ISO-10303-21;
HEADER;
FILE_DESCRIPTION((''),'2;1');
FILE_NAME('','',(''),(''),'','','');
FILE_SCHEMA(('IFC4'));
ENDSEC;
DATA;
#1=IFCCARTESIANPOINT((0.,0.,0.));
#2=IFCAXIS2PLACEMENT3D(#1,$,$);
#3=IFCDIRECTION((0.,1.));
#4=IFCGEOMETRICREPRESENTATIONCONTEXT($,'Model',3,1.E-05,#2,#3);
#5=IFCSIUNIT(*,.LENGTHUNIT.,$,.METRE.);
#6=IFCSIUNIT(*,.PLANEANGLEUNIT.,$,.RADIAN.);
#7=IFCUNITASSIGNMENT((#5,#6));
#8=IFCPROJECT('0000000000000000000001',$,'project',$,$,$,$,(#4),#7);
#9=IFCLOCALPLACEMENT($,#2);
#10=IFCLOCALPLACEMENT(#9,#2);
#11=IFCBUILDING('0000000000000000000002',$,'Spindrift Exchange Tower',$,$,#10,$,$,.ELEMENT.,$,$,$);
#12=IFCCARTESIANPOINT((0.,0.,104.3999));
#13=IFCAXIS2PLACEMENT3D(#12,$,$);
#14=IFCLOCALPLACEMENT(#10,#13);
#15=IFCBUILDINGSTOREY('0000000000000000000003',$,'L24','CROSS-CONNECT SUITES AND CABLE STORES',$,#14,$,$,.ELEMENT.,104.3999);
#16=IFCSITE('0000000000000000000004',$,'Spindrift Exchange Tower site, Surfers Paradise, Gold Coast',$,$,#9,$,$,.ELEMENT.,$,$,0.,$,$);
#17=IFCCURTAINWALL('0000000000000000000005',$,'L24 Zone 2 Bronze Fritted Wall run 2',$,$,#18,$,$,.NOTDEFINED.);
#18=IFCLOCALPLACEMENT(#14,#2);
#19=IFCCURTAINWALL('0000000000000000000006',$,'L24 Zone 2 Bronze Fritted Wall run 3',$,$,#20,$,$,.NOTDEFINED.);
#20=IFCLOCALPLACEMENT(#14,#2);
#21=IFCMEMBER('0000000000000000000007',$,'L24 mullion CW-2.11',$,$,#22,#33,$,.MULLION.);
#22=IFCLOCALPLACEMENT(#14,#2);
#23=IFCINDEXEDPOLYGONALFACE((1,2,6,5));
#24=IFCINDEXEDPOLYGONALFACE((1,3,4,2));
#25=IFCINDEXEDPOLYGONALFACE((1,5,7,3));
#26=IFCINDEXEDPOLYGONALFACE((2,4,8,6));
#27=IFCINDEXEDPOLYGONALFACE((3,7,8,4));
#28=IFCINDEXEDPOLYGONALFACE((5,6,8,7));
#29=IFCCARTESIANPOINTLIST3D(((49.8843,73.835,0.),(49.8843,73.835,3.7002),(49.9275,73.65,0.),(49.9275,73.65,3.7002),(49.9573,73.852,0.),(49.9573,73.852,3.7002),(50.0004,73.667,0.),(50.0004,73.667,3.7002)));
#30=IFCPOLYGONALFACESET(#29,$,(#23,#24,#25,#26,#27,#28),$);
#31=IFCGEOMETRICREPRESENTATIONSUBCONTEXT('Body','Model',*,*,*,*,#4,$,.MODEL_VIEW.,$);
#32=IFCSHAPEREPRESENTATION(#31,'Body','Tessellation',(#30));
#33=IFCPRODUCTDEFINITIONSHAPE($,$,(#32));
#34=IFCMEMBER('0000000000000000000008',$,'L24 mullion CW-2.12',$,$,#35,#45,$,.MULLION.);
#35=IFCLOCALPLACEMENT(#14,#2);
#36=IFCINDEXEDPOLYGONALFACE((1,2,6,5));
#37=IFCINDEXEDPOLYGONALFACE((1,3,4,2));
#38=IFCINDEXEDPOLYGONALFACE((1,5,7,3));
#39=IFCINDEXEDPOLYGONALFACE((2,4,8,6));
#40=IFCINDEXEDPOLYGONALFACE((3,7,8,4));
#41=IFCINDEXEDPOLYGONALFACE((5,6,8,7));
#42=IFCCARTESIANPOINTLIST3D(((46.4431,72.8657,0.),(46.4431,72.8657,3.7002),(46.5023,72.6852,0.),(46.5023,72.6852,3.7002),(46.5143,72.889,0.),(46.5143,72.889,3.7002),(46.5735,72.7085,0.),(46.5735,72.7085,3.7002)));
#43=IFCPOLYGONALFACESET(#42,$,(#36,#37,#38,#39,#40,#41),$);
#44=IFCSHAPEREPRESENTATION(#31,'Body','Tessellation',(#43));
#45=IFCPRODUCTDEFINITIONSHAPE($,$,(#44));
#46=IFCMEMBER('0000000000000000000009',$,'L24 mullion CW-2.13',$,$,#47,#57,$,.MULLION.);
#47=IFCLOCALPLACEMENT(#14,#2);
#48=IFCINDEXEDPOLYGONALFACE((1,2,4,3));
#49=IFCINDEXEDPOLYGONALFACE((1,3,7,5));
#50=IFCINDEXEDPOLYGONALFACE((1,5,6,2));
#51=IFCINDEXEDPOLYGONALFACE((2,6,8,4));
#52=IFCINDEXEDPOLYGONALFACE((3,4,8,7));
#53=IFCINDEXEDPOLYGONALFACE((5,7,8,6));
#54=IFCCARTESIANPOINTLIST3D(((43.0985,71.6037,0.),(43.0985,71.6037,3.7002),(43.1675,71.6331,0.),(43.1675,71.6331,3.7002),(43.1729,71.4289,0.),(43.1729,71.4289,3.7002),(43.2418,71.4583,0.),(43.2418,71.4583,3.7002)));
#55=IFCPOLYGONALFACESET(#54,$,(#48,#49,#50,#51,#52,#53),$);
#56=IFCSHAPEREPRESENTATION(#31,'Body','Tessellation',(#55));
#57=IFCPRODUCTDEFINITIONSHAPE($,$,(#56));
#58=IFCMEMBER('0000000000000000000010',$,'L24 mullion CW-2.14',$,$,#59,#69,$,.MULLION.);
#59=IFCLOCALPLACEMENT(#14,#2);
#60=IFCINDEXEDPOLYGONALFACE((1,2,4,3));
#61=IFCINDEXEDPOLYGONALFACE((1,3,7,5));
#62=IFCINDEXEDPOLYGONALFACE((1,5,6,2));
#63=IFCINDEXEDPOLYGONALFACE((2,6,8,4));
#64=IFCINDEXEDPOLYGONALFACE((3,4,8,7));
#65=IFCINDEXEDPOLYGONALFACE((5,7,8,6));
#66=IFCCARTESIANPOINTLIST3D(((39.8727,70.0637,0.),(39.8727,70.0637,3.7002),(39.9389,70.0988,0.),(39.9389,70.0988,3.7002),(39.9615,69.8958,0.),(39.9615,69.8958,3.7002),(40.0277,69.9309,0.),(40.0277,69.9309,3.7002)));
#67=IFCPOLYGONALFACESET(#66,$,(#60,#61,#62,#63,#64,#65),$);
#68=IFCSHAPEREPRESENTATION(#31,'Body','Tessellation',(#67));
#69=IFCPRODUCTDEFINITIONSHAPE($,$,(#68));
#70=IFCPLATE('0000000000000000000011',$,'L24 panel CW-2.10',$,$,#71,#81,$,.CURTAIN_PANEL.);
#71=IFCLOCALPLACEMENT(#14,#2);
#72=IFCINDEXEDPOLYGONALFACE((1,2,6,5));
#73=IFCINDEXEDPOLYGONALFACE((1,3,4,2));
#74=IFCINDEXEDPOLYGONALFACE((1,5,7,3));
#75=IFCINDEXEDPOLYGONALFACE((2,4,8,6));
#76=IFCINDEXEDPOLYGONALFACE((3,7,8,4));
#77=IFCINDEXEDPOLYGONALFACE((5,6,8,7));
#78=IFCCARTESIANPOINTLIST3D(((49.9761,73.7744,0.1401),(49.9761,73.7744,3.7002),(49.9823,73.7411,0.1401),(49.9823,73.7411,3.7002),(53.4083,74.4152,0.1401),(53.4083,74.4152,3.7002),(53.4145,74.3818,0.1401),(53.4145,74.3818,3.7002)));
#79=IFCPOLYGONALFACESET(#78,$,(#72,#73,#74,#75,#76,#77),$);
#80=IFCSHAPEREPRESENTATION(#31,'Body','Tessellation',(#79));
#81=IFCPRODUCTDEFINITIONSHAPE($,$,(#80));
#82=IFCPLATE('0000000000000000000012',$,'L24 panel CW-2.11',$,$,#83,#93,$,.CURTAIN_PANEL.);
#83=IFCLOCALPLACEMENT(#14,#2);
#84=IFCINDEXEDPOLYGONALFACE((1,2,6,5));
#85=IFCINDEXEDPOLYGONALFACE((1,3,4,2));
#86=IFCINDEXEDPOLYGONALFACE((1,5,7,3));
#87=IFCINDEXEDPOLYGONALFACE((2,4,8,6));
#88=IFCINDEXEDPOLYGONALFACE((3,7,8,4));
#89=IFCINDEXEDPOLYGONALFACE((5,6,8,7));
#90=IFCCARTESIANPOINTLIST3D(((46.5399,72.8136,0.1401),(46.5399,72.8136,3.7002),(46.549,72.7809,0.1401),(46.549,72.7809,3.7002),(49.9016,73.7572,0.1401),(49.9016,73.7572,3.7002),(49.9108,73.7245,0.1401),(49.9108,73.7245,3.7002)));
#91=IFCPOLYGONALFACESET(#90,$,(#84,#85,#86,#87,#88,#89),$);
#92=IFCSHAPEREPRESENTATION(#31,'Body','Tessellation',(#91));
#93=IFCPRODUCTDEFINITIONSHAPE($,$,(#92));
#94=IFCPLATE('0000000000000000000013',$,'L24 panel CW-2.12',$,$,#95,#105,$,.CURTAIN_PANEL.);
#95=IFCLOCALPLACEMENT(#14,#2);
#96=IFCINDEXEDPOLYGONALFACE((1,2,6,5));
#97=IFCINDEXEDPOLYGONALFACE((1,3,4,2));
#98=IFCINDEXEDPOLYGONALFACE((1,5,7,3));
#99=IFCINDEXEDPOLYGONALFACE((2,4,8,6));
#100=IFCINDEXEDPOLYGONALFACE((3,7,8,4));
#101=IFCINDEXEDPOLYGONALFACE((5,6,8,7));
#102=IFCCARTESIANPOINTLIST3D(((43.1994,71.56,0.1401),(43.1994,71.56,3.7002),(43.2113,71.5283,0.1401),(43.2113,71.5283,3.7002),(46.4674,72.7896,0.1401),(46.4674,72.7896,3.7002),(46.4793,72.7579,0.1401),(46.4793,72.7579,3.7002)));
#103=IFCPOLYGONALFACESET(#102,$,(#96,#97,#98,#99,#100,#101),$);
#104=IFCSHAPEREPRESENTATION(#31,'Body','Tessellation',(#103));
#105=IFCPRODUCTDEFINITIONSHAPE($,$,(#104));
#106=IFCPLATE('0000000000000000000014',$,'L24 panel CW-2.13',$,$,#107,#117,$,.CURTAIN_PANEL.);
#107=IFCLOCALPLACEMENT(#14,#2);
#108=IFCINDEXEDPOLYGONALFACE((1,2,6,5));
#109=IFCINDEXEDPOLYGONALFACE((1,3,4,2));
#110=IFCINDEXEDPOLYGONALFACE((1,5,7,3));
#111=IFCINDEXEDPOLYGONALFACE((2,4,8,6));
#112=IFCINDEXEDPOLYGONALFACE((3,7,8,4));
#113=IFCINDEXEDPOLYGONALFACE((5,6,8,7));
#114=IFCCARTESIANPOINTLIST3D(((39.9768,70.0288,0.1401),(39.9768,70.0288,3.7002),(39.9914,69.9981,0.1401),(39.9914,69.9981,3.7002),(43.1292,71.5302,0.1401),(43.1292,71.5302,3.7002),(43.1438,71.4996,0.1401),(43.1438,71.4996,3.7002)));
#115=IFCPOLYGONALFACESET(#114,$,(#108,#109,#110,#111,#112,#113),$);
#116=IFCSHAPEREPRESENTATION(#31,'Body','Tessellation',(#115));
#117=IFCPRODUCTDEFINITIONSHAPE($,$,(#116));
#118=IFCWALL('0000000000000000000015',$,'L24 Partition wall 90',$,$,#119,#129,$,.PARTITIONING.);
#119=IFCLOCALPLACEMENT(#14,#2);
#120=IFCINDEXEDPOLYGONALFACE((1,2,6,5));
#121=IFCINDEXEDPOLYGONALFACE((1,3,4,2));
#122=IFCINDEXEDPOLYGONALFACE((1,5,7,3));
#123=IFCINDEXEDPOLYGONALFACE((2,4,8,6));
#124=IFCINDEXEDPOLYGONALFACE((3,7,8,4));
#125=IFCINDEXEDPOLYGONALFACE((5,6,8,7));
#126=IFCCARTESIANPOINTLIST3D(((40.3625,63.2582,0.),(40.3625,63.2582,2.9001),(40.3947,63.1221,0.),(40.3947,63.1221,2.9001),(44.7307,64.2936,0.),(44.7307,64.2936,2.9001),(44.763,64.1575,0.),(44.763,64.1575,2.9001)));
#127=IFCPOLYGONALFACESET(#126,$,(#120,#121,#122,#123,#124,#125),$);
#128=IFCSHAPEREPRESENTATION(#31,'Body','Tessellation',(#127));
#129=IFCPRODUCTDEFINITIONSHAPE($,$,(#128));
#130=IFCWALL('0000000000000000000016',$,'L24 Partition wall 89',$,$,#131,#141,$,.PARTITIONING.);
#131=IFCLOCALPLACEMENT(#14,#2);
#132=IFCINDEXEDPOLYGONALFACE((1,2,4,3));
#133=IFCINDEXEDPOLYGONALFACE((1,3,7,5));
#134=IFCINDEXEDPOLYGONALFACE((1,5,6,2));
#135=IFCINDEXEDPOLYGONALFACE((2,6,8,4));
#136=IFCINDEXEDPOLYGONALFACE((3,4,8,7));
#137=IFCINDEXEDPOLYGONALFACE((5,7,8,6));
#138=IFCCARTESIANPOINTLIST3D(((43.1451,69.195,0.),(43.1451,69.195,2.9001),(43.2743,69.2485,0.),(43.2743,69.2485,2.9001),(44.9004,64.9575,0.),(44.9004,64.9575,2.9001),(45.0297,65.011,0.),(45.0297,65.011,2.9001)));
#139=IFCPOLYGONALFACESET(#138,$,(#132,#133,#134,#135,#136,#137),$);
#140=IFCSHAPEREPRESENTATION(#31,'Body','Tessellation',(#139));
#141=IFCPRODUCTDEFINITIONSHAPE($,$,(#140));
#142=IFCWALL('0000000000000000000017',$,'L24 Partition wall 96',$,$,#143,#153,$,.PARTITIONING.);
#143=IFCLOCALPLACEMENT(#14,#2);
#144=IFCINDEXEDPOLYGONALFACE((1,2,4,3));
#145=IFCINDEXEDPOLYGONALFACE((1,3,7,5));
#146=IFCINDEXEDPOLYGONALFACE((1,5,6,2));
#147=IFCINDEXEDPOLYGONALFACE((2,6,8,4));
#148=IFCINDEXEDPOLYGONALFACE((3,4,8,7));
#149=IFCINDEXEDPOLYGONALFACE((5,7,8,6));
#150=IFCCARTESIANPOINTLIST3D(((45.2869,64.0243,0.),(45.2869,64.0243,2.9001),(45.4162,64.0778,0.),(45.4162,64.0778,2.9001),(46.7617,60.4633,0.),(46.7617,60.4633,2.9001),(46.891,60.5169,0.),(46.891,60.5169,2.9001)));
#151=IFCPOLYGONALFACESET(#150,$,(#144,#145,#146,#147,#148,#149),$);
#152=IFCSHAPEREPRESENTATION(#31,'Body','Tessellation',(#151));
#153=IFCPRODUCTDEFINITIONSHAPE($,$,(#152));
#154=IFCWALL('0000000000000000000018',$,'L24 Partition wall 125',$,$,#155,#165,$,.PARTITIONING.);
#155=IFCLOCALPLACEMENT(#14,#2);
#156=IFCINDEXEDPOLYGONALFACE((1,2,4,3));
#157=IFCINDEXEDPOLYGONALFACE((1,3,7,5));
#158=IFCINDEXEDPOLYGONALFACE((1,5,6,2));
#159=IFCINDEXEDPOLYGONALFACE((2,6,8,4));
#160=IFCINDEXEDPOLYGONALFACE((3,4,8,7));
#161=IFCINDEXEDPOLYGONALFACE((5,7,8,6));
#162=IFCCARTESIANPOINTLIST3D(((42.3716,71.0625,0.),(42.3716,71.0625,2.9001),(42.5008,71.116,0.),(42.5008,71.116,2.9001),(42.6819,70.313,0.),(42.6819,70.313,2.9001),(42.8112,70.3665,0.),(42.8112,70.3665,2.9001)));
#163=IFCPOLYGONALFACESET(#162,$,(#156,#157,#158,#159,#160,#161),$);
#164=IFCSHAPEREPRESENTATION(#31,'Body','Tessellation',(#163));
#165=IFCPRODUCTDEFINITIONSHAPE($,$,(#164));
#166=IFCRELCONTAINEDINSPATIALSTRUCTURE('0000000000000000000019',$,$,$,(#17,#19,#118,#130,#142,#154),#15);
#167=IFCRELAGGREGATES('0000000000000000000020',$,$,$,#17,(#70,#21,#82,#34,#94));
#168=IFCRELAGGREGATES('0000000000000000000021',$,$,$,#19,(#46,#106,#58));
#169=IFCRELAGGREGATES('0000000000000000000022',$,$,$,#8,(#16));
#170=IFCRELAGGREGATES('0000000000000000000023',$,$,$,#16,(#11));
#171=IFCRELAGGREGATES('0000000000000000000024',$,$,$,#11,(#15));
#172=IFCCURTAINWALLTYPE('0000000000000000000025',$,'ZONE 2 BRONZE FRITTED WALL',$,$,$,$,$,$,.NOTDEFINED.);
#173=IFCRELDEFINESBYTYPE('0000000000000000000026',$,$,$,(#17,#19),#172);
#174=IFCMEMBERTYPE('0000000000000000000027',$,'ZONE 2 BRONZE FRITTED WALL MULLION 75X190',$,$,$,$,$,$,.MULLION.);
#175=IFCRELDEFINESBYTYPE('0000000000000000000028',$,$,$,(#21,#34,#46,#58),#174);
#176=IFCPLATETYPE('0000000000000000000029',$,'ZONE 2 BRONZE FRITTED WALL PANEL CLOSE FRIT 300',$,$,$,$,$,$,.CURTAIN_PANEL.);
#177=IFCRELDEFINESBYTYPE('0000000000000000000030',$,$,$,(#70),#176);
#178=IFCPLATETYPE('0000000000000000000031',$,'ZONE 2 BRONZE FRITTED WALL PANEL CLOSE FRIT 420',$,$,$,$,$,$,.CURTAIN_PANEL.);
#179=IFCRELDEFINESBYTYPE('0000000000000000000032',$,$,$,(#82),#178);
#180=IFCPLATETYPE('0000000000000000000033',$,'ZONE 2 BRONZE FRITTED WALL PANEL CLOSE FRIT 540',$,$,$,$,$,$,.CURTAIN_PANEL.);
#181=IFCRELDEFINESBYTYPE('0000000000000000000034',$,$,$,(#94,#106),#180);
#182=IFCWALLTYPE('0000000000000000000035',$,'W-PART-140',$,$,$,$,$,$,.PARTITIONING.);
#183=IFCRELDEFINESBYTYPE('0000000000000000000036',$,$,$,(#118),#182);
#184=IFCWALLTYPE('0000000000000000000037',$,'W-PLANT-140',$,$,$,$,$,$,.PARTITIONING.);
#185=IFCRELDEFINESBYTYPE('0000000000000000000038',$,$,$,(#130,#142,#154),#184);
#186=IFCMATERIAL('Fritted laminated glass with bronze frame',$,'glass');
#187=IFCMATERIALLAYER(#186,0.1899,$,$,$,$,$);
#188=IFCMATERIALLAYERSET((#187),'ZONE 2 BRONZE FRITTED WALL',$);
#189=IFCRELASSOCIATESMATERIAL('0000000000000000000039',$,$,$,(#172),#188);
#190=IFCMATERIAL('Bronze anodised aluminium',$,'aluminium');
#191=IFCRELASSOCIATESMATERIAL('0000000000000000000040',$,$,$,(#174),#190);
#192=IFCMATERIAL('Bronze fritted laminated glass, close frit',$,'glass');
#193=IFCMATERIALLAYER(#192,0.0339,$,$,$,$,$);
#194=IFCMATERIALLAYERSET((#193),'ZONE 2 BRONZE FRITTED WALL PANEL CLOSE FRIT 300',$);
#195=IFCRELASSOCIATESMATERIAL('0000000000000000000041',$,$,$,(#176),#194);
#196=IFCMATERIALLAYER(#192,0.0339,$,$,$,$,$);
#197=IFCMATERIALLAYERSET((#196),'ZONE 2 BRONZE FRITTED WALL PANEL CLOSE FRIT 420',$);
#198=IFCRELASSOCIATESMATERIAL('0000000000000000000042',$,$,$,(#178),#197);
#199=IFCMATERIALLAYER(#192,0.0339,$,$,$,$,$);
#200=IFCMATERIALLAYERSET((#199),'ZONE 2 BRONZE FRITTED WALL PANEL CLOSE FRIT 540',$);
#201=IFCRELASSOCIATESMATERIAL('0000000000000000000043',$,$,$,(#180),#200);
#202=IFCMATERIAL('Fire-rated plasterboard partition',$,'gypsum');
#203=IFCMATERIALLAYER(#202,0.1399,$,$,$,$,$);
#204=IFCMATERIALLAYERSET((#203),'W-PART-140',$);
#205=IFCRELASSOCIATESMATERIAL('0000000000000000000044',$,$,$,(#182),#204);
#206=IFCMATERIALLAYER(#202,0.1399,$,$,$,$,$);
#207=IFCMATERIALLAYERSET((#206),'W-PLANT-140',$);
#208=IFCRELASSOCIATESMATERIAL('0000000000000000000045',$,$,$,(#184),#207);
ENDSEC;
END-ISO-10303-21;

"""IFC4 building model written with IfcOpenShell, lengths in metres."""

from ifc_helpers import new_model, si_unit, direction, frame, frame_2d, origin, origin_2d, place, context, subcontext, project, spatial, rectangle, extrude, source, transform, mapped, material, layer, layer_set, material_profile, profile_set, type_object, element, aggregate, save


model = new_model("IFC4")

# Units and contexts
model_context = context("Model", 3, precision=1e-05, world=origin(), true_north=direction((0.0, 1.0)))
body_context = subcontext(model_context, "Body", "Model", "MODEL_VIEW")
ifc_project = project(units=[si_unit("LENGTHUNIT", "METRE"), si_unit("PLANEANGLEUNIT", "RADIAN")], contexts=[model_context])

# Site, building, storey
site_placement = place(None, origin())
site = spatial("IfcSite", under=ifc_project, at=site_placement, Name="Spindrift Exchange Tower site, Surfers Paradise, Gold Coast", CompositionType="ELEMENT", RefElevation=0.0)
building_placement = place(site_placement, origin())
building = spatial("IfcBuilding", under=site, at=building_placement, Name="Spindrift Exchange Tower", CompositionType="ELEMENT")
storey_placement = place(building_placement, frame((0.0, 0.0, 104.3999)))
storey = spatial("IfcBuildingStorey", under=building, at=storey_placement, Name="L24", Description="CROSS-CONNECT SUITES AND CABLE STORES", CompositionType="ELEMENT", Elevation=104.3999)

# Curtain wall
ifc_material_1 = material(Name="Fritted laminated glass with bronze frame", Category="glass")
ifc_layer_1 = layer(ifc_material_1, 0.1899)
ifc_layer_set_1 = layer_set([ifc_layer_1], Name="ZONE 2 BRONZE FRITTED WALL")
curtain_wall_type = type_object("IfcCurtainWallType", Name="ZONE 2 BRONZE FRITTED WALL", PredefinedType="NOTDEFINED", material=ifc_layer_set_1)
curtain_wall_1_placement = place(storey_placement, origin())
curtain_wall_1 = element("IfcCurtainWall", 1, at=curtain_wall_1_placement, inside=storey, type_object=curtain_wall_type, Name="L24 Zone 2 Bronze Fritted Wall run 2", PredefinedType="NOTDEFINED")
ifc_material_2 = material(Name="Bronze anodised aluminium", Category="aluminium")

# Curtain wall
curtain_wall_2_placement = place(storey_placement, origin())
curtain_wall_2 = element("IfcCurtainWall", 2, at=curtain_wall_2_placement, inside=storey, type_object=curtain_wall_type, Name="L24 Zone 2 Bronze Fritted Wall run 3", PredefinedType="NOTDEFINED")

# Members
ifc_material_profile_1 = material_profile(ifc_material_2, rectangle(XDim=0.075, YDim=0.1899, at=origin_2d()), Name="ZONE 2 BRONZE FRITTED WALL MULLION 75X190")
ifc_profile_set_1 = profile_set([ifc_material_profile_1], Name="Bronze anodised aluminium")
member_type_1 = type_object("IfcMemberType", Name="ZONE 2 BRONZE FRITTED WALL MULLION 75X190", PredefinedType="MULLION", material=ifc_profile_set_1)
shared_shape_1 = source(origin(), body_context, "Body", "SweptSolid", [
    extrude(rectangle(XDim=0.075, YDim=0.1899, at=origin_2d()), origin(), (0.0, 0.0, 1.0), 3.7002),
])
member_1_placement = place(storey_placement, frame((49.9424, 73.751, 0.0), z_axis=(0.0, 0.0, 1.0), x_axis=(-0.973869, -0.227111, 0.0)))
member_1 = element("IfcMember", 3, at=member_1_placement, type_object=member_type_1, Name="L24 mullion CW-2.11", PredefinedType="MULLION", context=body_context, shape_type="MappedRepresentation", body=[
    mapped(shared_shape_1, transform((0.0, 0.0, 0.0), scale=1.0)),
])
member_2_placement = place(storey_placement, frame((46.5083, 72.7871, 0.0), z_axis=(0.0, 0.0, 1.0), x_axis=(-0.950249, -0.311492, 0.0)))
member_2 = element("IfcMember", 4, at=member_2_placement, type_object=member_type_1, Name="L24 mullion CW-2.12", PredefinedType="MULLION", context=body_context, shape_type="MappedRepresentation", body=[
    mapped(shared_shape_1, transform((0.0, 0.0, 0.0), scale=1.0)),
])
member_3_placement = place(storey_placement, frame((43.1702, 71.531, 0.0), z_axis=(0.0, 0.0, 1.0), x_axis=(-0.920209, -0.391428, 0.0)))
member_3 = element("IfcMember", 5, at=member_3_placement, type_object=member_type_1, Name="L24 mullion CW-2.13", PredefinedType="MULLION", context=body_context, shape_type="MappedRepresentation", body=[
    mapped(shared_shape_1, transform((0.0, 0.0, 0.0), scale=1.0)),
])
member_4_placement = place(storey_placement, frame((39.9502, 69.9973, 0.0), z_axis=(0.0, 0.0, 1.0), x_axis=(-0.883894, -0.467687, 0.0)))
member_4 = element("IfcMember", 6, at=member_4_placement, type_object=member_type_1, Name="L24 mullion CW-2.14", PredefinedType="MULLION", context=body_context, shape_type="MappedRepresentation", body=[
    mapped(shared_shape_1, transform((0.0, 0.0, 0.0), scale=1.0)),
])

# Plates
ifc_material_3 = material(Name="Bronze fritted laminated glass, close frit", Category="glass")
ifc_layer_2 = layer(ifc_material_3, 0.0339)
ifc_layer_set_2 = layer_set([ifc_layer_2], Name="ZONE 2 BRONZE FRITTED WALL PANEL CLOSE FRIT 300")
plate_type_1 = type_object("IfcPlateType", Name="ZONE 2 BRONZE FRITTED WALL PANEL CLOSE FRIT 300", PredefinedType="CURTAIN_PANEL", material=ifc_layer_set_2)
shared_shape_2 = source(origin(), body_context, "Body", "SweptSolid", [
    extrude(rectangle(XDim=3.4915, YDim=0.0339, at=origin_2d()), origin(), (0.0, 0.0, 1.0), 3.5601),
])
plate_1_placement = place(storey_placement, frame((51.6953, 74.0781, 0.1401), z_axis=(0.0, 0.0, 1.0), x_axis=(-0.983017, -0.183516, 0.0)))
plate_1 = element("IfcPlate", 7, at=plate_1_placement, type_object=plate_type_1, Name="L24 panel CW-2.10", PredefinedType="CURTAIN_PANEL", context=body_context, shape_type="MappedRepresentation", body=[
    mapped(shared_shape_2, transform((0.0, 0.0, 0.0), scale=1.0)),
])
ifc_layer_3 = layer(ifc_material_3, 0.0339)
ifc_layer_set_3 = layer_set([ifc_layer_3], Name="ZONE 2 BRONZE FRITTED WALL PANEL CLOSE FRIT 420")
plate_type_2 = type_object("IfcPlateType", Name="ZONE 2 BRONZE FRITTED WALL PANEL CLOSE FRIT 420", PredefinedType="CURTAIN_PANEL", material=ifc_layer_set_3)
shared_shape_3 = source(origin(), body_context, "Body", "SweptSolid", [
    extrude(rectangle(XDim=3.4917, YDim=0.0339, at=origin_2d()), origin(), (0.0, 0.0, 1.0), 3.5601),
])
plate_2_placement = place(storey_placement, frame((48.2253, 73.269, 0.1401), z_axis=(0.0, 0.0, 1.0), x_axis=(-0.962789, -0.270256, 0.0)))
plate_2 = element("IfcPlate", 8, at=plate_2_placement, type_object=plate_type_2, Name="L24 panel CW-2.11", PredefinedType="CURTAIN_PANEL", context=body_context, shape_type="MappedRepresentation", body=[
    mapped(shared_shape_3, transform((0.0, 0.0, 0.0), scale=1.0)),
])
ifc_layer_4 = layer(ifc_material_3, 0.0339)
ifc_layer_set_4 = layer_set([ifc_layer_4], Name="ZONE 2 BRONZE FRITTED WALL PANEL CLOSE FRIT 540")
plate_type_3 = type_object("IfcPlateType", Name="ZONE 2 BRONZE FRITTED WALL PANEL CLOSE FRIT 540", PredefinedType="CURTAIN_PANEL", material=ifc_layer_set_4)
shared_shape_4 = source(origin(), body_context, "Body", "SweptSolid", [
    extrude(rectangle(XDim=3.4917, YDim=0.0339, at=origin_2d()), origin(), (0.0, 0.0, 1.0), 3.5601),
])
plate_3_placement = place(storey_placement, frame((44.8394, 72.1589, 0.1401), z_axis=(0.0, 0.0, 1.0), x_axis=(-0.935944, -0.352149, 0.0)))
plate_3 = element("IfcPlate", 9, at=plate_3_placement, type_object=plate_type_3, Name="L24 panel CW-2.12", PredefinedType="CURTAIN_PANEL", context=body_context, shape_type="MappedRepresentation", body=[
    mapped(shared_shape_4, transform((0.0, 0.0, 0.0), scale=1.0)),
])
aggregate(curtain_wall_1, [plate_1, member_1, plate_2, member_2, plate_3])
plate_4_placement = place(storey_placement, frame((41.5603, 70.7642, 0.1401), z_axis=(0.0, 0.0, 1.0), x_axis=(-0.902826, -0.430007, 0.0)))
plate_4 = element("IfcPlate", 10, at=plate_4_placement, type_object=plate_type_3, Name="L24 panel CW-2.13", PredefinedType="CURTAIN_PANEL", context=body_context, shape_type="MappedRepresentation", body=[
    mapped(shared_shape_4, transform((0.0, 0.0, 0.0), scale=1.0)),
])
aggregate(curtain_wall_2, [member_3, plate_4, member_4])

# Walls
ifc_material_4 = material(Name="Fire-rated plasterboard partition", Category="gypsum")
ifc_layer_5 = layer(ifc_material_4, 0.1399)
ifc_layer_set_5 = layer_set([ifc_layer_5], Name="W-PART-140")
wall_type_1 = type_object("IfcWallType", Name="W-PART-140", PredefinedType="PARTITIONING", material=ifc_layer_set_5)
wall_1_placement = place(storey_placement, frame((44.7468, 64.2256, 0.0), z_axis=(0.0, 0.0, 1.0), x_axis=(-0.973039, -0.230643, 0.0)))
element("IfcWall", 11, at=wall_1_placement, inside=storey, type_object=wall_type_1, Name="L24 Partition wall 90", PredefinedType="PARTITIONING", context=body_context, shape_type="SweptSolid", body=[
    extrude(rectangle(XDim=4.4893, YDim=0.1399, at=frame_2d((2.2446, 0.0))), origin(), (0.0, 0.0, 1.0), 2.9001),
])
ifc_layer_6 = layer(ifc_material_4, 0.1399)
ifc_layer_set_6 = layer_set([ifc_layer_6], Name="W-PLANT-140")
wall_type_2 = type_object("IfcWallType", Name="W-PLANT-140", PredefinedType="PARTITIONING", material=ifc_layer_set_6)
wall_2_placement = place(storey_placement, frame((44.9651, 64.9841, 0.0), z_axis=(0.0, 0.0, 1.0), x_axis=(-0.382706, 0.92387, 0.0)))
element("IfcWall", 12, at=wall_2_placement, inside=storey, type_object=wall_type_2, Name="L24 Partition wall 89", PredefinedType="PARTITIONING", context=body_context, shape_type="SweptSolid", body=[
    extrude(rectangle(XDim=4.5867, YDim=0.1399, at=frame_2d((2.2935, 0.0))), origin(), (0.0, 0.0, 1.0), 2.9001),
])
wall_3_placement = place(storey_placement, frame((46.8264, 60.49, 0.0), z_axis=(0.0, 0.0, 1.0), x_axis=(-0.382645, 0.923896, 0.0)))
element("IfcWall", 13, at=wall_3_placement, inside=storey, type_object=wall_type_2, Name="L24 Partition wall 96", PredefinedType="PARTITIONING", context=body_context, shape_type="SweptSolid", body=[
    extrude(rectangle(XDim=3.8542, YDim=0.1399, at=frame_2d((1.9272, 0.0))), origin(), (0.0, 0.0, 1.0), 2.9001),
])
wall_4_placement = place(storey_placement, frame((42.7466, 70.3396, 0.0), z_axis=(0.0, 0.0, 1.0), x_axis=(-0.38252, 0.923947, 0.0)))
element("IfcWall", 14, at=wall_4_placement, inside=storey, type_object=wall_type_2, Name="L24 Partition wall 125", PredefinedType="PARTITIONING", context=body_context, shape_type="SweptSolid", body=[
    extrude(rectangle(XDim=0.8113, YDim=0.1399, at=frame_2d((0.4058, 0.0))), origin(), (0.0, 0.0, 1.0), 2.9001),
])

save(model, "model.ifc")
